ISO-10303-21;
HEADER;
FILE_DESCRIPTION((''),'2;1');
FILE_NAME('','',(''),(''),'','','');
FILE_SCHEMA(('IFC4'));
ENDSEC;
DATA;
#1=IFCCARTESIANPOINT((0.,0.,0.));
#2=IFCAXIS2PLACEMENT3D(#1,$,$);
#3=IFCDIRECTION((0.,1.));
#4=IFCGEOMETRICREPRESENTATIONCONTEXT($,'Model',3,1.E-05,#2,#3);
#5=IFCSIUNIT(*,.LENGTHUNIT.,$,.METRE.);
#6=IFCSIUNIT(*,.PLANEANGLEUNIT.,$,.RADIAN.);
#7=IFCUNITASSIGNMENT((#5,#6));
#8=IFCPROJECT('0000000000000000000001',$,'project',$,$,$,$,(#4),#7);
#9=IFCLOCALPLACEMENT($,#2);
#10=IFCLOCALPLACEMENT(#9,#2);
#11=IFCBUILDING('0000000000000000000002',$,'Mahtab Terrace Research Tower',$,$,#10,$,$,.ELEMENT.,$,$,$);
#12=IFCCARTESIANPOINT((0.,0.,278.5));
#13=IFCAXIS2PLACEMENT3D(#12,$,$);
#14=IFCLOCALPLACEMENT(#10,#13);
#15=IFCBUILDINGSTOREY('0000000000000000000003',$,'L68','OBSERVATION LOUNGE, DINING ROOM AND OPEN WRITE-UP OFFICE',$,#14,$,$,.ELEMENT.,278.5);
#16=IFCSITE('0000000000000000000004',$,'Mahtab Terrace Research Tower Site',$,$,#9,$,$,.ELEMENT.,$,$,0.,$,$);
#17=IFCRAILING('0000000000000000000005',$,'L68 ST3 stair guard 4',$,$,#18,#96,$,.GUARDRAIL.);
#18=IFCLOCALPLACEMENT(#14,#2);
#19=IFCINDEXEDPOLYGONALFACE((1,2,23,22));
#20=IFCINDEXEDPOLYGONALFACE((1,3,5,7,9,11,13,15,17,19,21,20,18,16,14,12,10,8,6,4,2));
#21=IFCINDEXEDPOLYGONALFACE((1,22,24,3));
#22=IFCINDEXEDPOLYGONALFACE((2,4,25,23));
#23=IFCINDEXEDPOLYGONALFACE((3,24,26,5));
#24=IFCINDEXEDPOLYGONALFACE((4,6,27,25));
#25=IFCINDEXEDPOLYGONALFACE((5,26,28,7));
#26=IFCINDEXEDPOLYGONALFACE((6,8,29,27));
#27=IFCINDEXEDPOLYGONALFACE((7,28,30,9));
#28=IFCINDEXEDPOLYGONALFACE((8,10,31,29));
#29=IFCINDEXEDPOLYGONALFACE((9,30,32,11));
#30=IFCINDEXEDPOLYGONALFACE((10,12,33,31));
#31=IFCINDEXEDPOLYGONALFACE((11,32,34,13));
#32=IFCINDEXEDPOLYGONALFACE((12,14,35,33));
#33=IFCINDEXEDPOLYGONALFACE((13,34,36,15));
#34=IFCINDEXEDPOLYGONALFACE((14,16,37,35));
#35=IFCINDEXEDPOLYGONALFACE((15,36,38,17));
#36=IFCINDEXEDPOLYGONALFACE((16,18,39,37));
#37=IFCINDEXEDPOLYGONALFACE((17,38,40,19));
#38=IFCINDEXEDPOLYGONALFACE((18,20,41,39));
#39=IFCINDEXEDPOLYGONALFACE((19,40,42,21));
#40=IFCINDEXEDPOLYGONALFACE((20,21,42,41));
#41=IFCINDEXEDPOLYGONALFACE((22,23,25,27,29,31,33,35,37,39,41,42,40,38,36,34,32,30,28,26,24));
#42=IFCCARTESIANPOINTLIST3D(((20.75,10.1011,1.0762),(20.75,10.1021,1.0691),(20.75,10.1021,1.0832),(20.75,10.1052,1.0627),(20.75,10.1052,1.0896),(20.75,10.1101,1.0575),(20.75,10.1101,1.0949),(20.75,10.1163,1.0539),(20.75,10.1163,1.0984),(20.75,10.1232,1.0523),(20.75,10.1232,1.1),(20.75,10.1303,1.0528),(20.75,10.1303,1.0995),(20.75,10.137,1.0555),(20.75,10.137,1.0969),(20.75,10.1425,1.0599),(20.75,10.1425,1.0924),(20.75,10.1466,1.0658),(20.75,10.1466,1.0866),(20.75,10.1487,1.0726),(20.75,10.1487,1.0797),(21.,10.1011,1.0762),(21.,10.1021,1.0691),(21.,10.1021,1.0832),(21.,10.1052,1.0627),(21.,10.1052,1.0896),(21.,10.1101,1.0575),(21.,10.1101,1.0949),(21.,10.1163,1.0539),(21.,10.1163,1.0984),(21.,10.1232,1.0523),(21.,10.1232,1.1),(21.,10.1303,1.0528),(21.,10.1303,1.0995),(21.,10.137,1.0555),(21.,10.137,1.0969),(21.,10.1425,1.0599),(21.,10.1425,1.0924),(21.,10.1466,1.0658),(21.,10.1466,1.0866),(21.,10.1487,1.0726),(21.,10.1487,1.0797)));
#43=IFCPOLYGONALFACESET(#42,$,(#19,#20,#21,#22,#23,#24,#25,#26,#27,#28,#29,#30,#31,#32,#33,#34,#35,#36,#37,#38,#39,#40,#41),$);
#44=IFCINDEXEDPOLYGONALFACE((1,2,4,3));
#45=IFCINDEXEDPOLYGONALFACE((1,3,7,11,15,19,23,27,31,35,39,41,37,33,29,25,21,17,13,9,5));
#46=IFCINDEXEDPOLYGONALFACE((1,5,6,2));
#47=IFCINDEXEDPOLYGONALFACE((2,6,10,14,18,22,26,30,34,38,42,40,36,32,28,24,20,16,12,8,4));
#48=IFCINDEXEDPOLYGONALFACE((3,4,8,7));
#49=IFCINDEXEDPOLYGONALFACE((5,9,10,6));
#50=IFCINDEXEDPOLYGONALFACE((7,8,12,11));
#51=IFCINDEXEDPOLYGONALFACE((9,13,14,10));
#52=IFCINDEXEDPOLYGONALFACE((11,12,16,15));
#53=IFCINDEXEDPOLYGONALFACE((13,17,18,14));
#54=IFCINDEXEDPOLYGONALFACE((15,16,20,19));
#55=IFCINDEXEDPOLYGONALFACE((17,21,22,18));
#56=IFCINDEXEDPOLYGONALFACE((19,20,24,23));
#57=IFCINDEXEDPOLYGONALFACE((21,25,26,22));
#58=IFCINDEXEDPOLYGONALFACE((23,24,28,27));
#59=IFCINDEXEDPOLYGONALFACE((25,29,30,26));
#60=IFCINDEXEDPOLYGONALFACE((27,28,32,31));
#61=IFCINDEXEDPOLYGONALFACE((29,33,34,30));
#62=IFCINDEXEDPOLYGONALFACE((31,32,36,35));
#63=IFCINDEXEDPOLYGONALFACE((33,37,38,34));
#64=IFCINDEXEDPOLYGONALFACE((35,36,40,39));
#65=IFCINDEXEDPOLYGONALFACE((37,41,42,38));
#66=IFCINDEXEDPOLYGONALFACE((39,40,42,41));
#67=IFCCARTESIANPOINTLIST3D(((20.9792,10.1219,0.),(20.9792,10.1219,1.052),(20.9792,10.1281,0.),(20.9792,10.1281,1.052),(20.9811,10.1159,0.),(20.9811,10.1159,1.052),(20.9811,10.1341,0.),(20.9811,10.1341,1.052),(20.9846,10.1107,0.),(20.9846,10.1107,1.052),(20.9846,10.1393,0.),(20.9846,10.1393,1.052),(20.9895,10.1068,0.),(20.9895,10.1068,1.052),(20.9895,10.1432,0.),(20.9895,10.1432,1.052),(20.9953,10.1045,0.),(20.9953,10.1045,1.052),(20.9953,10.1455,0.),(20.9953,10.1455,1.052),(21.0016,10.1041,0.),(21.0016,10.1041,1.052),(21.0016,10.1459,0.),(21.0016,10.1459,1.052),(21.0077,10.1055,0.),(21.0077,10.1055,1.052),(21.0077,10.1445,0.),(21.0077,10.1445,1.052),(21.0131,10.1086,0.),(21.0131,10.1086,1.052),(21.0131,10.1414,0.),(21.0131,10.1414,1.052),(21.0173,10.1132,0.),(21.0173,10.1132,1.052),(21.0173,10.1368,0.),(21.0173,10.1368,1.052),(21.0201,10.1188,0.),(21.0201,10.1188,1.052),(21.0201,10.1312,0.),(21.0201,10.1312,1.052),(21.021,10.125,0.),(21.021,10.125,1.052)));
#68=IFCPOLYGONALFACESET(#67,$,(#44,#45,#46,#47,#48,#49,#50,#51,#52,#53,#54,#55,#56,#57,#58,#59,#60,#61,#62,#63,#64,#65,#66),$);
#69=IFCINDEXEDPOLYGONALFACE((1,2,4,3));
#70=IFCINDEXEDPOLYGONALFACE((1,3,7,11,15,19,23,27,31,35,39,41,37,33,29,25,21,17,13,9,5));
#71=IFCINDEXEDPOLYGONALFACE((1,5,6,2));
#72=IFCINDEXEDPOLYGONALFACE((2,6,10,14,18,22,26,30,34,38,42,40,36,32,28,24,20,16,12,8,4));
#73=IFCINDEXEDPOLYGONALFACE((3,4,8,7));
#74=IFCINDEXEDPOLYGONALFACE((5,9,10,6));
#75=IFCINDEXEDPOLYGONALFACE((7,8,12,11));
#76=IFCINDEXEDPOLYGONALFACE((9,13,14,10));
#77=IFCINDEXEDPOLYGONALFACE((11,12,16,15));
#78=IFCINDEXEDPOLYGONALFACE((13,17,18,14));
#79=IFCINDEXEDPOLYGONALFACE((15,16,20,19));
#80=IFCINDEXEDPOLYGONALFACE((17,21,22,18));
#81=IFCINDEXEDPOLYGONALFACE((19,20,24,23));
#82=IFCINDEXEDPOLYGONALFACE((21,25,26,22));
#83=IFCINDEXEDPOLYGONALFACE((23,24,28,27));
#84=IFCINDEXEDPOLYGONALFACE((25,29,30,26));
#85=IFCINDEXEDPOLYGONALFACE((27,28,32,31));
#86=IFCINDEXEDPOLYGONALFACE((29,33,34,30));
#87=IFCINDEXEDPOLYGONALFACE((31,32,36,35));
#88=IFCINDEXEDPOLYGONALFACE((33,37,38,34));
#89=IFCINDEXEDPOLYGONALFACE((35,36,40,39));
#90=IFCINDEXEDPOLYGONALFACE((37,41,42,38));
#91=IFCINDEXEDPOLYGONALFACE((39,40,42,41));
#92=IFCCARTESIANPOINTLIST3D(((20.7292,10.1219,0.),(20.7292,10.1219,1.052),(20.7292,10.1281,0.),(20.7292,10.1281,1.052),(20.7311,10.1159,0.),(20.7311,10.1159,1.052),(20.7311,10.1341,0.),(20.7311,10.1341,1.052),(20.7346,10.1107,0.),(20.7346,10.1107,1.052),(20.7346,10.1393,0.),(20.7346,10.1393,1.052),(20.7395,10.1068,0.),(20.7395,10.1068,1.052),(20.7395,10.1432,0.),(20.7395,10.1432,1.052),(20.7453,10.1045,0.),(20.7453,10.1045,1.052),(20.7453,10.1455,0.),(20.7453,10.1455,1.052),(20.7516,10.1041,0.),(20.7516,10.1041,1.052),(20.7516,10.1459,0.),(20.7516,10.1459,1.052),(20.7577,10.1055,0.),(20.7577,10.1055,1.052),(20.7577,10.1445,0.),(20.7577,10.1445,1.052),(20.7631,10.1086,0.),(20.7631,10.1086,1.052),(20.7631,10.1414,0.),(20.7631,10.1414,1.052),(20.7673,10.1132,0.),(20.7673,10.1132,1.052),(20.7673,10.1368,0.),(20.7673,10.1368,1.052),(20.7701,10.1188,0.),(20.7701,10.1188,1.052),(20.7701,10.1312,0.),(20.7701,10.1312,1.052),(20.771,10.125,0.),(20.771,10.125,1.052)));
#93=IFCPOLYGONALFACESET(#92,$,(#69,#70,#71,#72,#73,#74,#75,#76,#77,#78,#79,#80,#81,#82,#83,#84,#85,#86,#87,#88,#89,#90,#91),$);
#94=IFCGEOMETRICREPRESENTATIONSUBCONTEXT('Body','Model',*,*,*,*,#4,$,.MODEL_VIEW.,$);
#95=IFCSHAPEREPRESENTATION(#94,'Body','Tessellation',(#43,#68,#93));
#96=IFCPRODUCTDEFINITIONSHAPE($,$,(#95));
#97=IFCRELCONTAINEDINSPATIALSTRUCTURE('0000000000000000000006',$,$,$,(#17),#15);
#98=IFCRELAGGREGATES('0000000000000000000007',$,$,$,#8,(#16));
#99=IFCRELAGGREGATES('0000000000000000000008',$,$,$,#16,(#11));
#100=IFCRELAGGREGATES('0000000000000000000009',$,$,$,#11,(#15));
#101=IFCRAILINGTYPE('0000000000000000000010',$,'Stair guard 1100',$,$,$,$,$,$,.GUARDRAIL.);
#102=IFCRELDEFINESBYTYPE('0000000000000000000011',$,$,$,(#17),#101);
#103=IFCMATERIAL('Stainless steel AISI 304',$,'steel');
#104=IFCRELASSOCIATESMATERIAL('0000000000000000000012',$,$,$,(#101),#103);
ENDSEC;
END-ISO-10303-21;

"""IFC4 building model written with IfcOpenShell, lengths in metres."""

from ifc_helpers import new_model, si_unit, direction, frame, origin, origin_2d, place, context, subcontext, project, spatial, circle, extrude, material, type_object, element, save


model = new_model("IFC4")

# Units and contexts
model_context = context("Model", 3, precision=1e-05, world=origin(), true_north=direction((0.0, 1.0)))
body_context = subcontext(model_context, "Body", "Model", "MODEL_VIEW")
ifc_project = project(units=[si_unit("LENGTHUNIT", "METRE"), si_unit("PLANEANGLEUNIT", "RADIAN")], contexts=[model_context])

# Site, building, storey
site_placement = place(None, origin())
site = spatial("IfcSite", under=ifc_project, at=site_placement, Name="Mahtab Terrace Research Tower Site", CompositionType="ELEMENT", RefElevation=0.0)
building_placement = place(site_placement, origin())
building = spatial("IfcBuilding", under=site, at=building_placement, Name="Mahtab Terrace Research Tower", CompositionType="ELEMENT")
storey_placement = place(building_placement, frame((0.0, 0.0, 278.5)))
storey = spatial("IfcBuildingStorey", under=building, at=storey_placement, Name="L68", Description="OBSERVATION LOUNGE, DINING ROOM AND OPEN WRITE-UP OFFICE", CompositionType="ELEMENT", Elevation=278.5)

# Shared definitions
ifc_material_1 = material(Name="Stainless steel AISI 304", Category="steel")

# Railing
railing_type_1 = type_object("IfcRailingType", Name="Stair guard 1100", PredefinedType="GUARDRAIL", material=ifc_material_1)
railing_1_placement = place(storey_placement, frame((21.0, 10.125, 0.0)))
element("IfcRailing", 1, at=railing_1_placement, inside=storey, type_object=railing_type_1, Name="L68 ST3 stair guard 4", PredefinedType="GUARDRAIL", context=body_context, shape_type="SweptSolid", body=[
    extrude(circle(Radius=0.0239, at=origin_2d()), frame((0.0, 0.0, 1.0762), z_axis=(-1.0, 0.0, 0.0), x_axis=(0.0, -1.0, 0.0)), (0.0, 0.0, 1.0), 0.25),
    extrude(circle(Radius=0.021, at=origin_2d()), origin(), (0.0, 0.0, 1.0), 1.052),
    extrude(circle(Radius=0.021, at=origin_2d()), frame((-0.25, 0.0, 0.0)), (0.0, 0.0, 1.0), 1.052),
])

save(model, "model.ifc")
